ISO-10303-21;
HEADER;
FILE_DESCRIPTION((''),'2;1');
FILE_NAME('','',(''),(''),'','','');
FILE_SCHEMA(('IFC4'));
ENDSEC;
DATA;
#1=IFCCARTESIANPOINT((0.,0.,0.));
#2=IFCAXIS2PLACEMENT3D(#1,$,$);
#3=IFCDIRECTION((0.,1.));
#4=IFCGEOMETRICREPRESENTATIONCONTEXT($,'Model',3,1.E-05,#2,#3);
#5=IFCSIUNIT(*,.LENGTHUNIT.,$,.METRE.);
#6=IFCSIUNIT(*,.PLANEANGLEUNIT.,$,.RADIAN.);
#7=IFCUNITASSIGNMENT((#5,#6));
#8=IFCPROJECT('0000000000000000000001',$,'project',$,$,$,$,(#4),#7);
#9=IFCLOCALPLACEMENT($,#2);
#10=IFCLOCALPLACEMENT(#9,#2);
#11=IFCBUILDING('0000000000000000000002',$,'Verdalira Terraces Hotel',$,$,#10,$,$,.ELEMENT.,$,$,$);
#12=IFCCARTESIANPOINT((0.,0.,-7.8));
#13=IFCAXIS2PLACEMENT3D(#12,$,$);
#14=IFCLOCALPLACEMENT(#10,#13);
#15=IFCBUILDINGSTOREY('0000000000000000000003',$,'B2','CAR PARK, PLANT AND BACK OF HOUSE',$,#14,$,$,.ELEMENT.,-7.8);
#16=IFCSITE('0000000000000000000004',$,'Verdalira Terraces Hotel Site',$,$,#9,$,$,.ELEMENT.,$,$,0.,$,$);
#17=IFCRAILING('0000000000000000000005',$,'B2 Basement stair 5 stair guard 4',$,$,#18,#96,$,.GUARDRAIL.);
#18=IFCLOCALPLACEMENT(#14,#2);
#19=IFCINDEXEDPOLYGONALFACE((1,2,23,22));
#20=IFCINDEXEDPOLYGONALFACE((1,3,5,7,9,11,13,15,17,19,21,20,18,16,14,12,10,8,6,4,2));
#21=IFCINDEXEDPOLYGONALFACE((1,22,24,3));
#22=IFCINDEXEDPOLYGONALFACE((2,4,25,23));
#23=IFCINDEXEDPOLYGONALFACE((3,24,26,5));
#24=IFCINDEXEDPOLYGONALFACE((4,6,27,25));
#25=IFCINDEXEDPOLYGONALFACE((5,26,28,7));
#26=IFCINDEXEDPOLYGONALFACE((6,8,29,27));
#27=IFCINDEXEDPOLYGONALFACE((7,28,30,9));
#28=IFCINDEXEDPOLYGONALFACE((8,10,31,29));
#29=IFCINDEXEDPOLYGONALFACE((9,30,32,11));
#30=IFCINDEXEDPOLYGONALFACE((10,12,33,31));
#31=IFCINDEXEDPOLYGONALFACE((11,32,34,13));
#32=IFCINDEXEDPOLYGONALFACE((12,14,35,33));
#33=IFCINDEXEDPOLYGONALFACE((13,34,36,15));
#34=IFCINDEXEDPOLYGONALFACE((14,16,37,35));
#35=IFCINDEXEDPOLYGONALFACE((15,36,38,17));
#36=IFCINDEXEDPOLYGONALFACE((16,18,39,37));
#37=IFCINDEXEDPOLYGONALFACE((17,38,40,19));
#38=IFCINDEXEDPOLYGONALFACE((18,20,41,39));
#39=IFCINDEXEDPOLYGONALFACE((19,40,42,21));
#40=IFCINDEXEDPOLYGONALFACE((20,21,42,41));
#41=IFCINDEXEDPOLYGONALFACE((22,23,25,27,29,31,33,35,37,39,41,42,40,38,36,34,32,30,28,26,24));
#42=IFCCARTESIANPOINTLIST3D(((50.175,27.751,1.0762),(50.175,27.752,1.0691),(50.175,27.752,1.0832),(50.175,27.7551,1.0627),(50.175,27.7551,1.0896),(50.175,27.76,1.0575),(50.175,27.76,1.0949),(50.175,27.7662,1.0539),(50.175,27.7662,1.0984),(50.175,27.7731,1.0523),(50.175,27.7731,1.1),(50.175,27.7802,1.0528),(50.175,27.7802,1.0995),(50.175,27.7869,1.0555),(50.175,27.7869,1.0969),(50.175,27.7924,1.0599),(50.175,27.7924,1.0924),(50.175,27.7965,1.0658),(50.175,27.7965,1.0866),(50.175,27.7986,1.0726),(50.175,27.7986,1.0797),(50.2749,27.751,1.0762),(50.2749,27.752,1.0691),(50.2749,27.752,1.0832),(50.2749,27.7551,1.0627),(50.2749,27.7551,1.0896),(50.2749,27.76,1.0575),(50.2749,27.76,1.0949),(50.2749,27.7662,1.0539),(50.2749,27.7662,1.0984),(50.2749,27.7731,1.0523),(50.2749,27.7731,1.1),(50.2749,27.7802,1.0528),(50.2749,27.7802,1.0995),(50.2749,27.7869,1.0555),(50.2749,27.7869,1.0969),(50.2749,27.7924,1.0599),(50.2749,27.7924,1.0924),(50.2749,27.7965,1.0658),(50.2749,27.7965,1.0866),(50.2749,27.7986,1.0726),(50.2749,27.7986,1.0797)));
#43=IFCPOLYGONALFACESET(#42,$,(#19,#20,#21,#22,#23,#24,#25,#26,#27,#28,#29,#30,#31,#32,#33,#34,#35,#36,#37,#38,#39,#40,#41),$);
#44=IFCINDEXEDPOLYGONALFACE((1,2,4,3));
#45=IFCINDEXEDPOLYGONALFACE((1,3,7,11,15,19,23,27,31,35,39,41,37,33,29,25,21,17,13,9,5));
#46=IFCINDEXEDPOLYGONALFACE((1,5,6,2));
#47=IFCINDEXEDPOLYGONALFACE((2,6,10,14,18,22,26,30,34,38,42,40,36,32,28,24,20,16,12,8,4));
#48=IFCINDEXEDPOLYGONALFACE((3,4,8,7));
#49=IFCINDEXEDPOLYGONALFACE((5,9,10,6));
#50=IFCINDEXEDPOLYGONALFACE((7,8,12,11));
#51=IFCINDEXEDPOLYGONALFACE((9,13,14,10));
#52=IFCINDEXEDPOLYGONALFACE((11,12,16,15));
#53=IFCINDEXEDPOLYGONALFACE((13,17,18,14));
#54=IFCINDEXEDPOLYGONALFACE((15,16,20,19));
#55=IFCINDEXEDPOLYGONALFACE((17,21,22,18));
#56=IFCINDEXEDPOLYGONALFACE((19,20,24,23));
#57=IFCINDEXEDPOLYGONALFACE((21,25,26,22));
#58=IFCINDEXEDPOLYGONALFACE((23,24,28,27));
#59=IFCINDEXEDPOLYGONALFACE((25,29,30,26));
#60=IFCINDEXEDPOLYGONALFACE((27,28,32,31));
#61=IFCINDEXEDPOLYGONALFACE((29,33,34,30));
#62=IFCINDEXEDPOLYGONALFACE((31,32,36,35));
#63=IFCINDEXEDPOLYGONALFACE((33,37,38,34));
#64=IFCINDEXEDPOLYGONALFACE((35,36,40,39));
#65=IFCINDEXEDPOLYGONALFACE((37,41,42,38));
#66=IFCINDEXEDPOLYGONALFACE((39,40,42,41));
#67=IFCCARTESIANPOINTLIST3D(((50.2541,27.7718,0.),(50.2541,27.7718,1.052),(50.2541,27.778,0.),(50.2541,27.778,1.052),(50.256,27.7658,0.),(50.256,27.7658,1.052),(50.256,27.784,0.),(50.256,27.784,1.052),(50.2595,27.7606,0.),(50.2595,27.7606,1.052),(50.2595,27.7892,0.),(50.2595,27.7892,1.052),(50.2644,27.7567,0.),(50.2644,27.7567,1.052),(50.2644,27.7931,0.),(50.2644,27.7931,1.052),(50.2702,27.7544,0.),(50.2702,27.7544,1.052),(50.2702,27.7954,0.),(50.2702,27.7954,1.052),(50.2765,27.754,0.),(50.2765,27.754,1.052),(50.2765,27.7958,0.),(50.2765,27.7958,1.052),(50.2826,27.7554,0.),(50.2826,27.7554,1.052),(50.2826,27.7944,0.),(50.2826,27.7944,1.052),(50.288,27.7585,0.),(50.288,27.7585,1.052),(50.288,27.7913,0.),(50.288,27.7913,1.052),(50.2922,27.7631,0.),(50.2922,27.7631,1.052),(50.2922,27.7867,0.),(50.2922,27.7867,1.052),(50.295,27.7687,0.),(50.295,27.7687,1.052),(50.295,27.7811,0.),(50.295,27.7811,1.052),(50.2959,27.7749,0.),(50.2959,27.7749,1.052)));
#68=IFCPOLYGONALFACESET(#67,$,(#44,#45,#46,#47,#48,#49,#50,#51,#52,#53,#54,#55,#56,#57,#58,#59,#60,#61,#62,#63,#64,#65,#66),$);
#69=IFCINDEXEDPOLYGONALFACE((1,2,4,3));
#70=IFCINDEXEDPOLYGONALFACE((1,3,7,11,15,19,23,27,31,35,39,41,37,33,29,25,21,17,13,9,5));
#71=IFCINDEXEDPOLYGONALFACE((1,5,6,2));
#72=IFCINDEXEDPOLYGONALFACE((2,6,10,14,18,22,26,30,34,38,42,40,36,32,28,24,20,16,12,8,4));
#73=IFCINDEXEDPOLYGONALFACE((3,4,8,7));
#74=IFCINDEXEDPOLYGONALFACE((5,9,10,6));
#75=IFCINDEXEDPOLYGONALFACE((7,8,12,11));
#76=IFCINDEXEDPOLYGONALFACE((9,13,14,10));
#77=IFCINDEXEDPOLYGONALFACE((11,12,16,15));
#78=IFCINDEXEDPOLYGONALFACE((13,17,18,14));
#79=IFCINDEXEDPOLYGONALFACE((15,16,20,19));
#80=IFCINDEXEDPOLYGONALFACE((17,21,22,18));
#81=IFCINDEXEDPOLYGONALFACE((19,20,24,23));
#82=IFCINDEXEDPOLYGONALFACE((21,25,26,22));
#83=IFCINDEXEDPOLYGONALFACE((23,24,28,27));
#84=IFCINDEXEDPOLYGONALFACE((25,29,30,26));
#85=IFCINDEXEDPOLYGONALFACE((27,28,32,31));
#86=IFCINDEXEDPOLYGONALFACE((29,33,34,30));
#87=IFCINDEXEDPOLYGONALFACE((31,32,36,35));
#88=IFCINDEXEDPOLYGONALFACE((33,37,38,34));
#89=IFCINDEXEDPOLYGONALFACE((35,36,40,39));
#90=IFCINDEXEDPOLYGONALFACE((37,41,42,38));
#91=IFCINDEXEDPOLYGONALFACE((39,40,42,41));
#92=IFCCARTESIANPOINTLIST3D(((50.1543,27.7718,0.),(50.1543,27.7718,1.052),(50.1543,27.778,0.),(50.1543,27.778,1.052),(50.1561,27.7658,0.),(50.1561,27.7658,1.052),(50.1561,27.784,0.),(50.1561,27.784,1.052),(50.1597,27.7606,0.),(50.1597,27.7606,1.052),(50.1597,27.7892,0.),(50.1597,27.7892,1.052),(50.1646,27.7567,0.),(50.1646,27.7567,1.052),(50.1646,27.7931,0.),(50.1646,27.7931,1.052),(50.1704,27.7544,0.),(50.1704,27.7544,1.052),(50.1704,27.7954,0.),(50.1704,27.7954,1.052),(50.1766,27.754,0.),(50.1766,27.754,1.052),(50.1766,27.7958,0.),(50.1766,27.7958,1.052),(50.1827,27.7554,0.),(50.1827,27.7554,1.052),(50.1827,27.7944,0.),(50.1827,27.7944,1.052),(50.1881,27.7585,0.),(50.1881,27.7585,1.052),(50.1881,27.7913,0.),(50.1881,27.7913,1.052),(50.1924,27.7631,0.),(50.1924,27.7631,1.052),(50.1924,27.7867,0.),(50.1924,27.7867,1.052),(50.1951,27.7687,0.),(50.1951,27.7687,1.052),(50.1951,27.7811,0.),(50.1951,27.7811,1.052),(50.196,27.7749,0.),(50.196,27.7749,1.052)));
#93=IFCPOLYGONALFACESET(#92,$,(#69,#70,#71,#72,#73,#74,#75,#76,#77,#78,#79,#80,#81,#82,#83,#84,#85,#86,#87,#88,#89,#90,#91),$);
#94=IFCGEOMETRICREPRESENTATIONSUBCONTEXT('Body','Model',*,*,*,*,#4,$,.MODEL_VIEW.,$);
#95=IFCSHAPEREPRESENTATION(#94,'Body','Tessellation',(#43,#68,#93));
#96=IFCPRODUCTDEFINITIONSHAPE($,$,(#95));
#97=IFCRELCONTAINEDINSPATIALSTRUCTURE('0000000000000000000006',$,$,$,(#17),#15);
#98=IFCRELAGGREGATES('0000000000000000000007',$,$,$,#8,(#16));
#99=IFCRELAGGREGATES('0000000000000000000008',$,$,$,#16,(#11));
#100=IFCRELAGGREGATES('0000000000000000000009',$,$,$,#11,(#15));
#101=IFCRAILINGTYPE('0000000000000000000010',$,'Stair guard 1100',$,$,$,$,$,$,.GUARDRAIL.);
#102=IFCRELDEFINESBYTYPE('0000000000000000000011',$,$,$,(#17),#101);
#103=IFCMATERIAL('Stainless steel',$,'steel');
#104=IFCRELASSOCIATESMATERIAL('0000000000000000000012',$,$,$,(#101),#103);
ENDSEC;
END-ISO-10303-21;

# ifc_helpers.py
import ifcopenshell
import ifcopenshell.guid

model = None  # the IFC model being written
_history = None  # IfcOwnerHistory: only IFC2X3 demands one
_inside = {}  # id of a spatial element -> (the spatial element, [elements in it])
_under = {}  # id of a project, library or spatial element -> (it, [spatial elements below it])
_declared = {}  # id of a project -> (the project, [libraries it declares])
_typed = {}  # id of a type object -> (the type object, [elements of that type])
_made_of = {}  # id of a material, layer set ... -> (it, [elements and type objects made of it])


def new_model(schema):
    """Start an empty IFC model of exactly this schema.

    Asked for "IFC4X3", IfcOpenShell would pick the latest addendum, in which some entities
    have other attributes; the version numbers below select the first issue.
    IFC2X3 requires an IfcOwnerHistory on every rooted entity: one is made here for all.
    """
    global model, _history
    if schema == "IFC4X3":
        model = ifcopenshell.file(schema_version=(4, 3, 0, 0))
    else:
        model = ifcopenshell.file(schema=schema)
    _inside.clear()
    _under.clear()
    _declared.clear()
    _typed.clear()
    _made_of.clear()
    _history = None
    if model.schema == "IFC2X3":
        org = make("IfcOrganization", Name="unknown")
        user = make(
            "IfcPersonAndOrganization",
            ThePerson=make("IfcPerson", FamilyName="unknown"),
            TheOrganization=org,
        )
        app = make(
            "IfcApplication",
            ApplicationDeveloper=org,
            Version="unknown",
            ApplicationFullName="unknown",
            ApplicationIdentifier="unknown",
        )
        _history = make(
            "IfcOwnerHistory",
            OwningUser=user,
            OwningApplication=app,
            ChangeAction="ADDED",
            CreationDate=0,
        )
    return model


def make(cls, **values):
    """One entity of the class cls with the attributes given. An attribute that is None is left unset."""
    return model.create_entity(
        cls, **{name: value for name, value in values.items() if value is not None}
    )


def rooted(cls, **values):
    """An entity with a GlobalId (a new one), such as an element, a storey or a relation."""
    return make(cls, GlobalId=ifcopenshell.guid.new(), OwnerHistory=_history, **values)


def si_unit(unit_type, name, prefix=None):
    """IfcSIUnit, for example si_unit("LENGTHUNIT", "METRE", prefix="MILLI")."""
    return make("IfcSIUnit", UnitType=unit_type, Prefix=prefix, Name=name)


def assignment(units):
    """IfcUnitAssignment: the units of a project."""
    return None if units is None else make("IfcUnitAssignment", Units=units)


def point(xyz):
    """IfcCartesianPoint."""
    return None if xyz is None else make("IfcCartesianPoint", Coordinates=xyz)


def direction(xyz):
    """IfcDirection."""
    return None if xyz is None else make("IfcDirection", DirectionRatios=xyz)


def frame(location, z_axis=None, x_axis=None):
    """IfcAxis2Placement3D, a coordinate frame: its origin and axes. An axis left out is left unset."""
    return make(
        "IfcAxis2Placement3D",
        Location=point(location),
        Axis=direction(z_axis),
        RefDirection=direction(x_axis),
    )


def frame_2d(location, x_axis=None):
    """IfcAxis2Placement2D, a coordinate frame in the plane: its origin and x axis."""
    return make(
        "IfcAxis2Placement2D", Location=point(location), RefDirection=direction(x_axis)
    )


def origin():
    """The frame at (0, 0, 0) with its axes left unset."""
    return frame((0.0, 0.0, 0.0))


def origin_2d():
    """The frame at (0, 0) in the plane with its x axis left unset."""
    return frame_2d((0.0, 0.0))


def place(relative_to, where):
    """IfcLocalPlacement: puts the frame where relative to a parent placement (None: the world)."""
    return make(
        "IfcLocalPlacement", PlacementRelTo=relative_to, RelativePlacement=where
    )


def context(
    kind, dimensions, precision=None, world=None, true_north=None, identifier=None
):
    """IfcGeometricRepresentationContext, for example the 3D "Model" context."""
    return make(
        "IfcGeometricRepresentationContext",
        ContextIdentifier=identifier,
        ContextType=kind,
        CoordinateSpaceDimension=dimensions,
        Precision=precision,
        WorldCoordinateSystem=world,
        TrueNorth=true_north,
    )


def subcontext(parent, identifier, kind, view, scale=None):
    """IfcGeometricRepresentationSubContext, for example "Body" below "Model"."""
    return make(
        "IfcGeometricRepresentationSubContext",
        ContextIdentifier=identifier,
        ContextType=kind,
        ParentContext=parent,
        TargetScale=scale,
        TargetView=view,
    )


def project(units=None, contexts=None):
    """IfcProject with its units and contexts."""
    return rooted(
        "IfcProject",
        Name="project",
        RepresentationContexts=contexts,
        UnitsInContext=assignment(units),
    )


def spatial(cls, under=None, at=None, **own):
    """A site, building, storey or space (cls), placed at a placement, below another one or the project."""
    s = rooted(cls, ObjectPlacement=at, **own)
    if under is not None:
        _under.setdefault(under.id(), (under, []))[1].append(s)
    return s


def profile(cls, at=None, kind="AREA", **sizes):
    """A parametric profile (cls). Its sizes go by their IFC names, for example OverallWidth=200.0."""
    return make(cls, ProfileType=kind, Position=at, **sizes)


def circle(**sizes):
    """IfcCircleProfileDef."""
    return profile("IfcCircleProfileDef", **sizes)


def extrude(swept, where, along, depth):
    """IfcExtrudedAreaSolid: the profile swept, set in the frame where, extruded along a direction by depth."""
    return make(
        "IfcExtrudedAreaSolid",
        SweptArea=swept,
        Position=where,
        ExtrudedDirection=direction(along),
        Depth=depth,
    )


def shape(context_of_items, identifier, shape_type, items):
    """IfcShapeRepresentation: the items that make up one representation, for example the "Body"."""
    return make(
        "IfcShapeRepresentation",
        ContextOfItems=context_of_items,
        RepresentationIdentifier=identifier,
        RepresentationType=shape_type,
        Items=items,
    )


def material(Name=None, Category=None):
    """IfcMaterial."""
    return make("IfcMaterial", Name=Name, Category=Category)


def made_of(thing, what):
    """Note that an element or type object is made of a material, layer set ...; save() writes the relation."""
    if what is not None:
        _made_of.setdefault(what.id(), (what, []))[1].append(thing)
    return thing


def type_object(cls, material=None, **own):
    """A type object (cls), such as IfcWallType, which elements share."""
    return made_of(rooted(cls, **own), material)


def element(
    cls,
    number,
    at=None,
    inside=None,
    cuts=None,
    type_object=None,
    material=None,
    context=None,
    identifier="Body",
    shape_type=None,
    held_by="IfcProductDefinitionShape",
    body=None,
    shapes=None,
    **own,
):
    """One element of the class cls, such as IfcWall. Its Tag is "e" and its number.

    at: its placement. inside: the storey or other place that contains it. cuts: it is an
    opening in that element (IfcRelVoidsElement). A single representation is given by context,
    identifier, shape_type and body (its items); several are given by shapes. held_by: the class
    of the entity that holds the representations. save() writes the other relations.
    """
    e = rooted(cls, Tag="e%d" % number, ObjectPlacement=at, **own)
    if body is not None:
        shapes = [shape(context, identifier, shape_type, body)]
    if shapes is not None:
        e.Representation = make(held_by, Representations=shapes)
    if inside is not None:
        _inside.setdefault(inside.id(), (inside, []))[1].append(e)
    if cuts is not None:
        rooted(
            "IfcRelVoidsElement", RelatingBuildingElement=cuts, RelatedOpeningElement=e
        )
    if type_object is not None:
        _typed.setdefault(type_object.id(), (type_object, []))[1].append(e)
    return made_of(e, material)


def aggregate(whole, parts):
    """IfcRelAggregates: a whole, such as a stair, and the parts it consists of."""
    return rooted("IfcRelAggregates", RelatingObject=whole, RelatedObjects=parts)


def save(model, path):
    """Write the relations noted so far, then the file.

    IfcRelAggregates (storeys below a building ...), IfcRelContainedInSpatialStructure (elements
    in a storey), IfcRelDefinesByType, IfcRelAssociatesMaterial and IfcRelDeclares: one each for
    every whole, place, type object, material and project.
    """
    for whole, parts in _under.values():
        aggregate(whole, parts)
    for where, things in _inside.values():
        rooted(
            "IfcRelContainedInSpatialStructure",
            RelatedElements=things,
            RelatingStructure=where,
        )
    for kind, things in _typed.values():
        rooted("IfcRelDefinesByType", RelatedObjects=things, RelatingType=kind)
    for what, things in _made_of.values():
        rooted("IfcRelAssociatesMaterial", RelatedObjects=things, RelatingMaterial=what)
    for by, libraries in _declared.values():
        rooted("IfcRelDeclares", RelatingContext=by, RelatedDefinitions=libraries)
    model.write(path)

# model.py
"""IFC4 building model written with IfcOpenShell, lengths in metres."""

from ifc_helpers import new_model, si_unit, direction, frame, origin, origin_2d, place, context, subcontext, project, spatial, circle, extrude, material, type_object, element, save


model = new_model("IFC4")

# Units and contexts
model_context = context("Model", 3, precision=1e-05, world=origin(), true_north=direction((0.0, 1.0)))
body_context = subcontext(model_context, "Body", "Model", "MODEL_VIEW")
ifc_project = project(units=[si_unit("LENGTHUNIT", "METRE"), si_unit("PLANEANGLEUNIT", "RADIAN")], contexts=[model_context])

# Site, building, storey
site_placement = place(None, origin())
site = spatial("IfcSite", under=ifc_project, at=site_placement, Name="Verdalira Terraces Hotel Site", CompositionType="ELEMENT", RefElevation=0.0)
building_placement = place(site_placement, origin())
building = spatial("IfcBuilding", under=site, at=building_placement, Name="Verdalira Terraces Hotel", CompositionType="ELEMENT")
storey_placement = place(building_placement, frame((0.0, 0.0, -7.8)))
storey = spatial("IfcBuildingStorey", under=building, at=storey_placement, Name="B2", Description="CAR PARK, PLANT AND BACK OF HOUSE", CompositionType="ELEMENT", Elevation=-7.8)

# Railing
ifc_material_1 = material(Name="Stainless steel", Category="steel")
railing_type_1 = type_object("IfcRailingType", Name="Stair guard 1100", PredefinedType="GUARDRAIL", material=ifc_material_1)
railing_1_placement = place(storey_placement, frame((50.2749, 27.7749, 0.0)))
element("IfcRailing", 1, at=railing_1_placement, inside=storey, type_object=railing_type_1, Name="B2 Basement stair 5 stair guard 4", PredefinedType="GUARDRAIL", context=body_context, shape_type="SweptSolid", body=[
    extrude(circle(Radius=0.0239, at=origin_2d()), frame((0.0, 0.0, 1.0762), z_axis=(-1.0, 0.0, 0.0), x_axis=(0.0, -1.0, 0.0)), (0.0, 0.0, 1.0), 0.0999),
    extrude(circle(Radius=0.021, at=origin_2d()), origin(), (0.0, 0.0, 1.0), 1.052),
    extrude(circle(Radius=0.021, at=origin_2d()), frame((-0.0999, 0.0, 0.0)), (0.0, 0.0, 1.0), 1.052),
])

save(model, "model.ifc")
